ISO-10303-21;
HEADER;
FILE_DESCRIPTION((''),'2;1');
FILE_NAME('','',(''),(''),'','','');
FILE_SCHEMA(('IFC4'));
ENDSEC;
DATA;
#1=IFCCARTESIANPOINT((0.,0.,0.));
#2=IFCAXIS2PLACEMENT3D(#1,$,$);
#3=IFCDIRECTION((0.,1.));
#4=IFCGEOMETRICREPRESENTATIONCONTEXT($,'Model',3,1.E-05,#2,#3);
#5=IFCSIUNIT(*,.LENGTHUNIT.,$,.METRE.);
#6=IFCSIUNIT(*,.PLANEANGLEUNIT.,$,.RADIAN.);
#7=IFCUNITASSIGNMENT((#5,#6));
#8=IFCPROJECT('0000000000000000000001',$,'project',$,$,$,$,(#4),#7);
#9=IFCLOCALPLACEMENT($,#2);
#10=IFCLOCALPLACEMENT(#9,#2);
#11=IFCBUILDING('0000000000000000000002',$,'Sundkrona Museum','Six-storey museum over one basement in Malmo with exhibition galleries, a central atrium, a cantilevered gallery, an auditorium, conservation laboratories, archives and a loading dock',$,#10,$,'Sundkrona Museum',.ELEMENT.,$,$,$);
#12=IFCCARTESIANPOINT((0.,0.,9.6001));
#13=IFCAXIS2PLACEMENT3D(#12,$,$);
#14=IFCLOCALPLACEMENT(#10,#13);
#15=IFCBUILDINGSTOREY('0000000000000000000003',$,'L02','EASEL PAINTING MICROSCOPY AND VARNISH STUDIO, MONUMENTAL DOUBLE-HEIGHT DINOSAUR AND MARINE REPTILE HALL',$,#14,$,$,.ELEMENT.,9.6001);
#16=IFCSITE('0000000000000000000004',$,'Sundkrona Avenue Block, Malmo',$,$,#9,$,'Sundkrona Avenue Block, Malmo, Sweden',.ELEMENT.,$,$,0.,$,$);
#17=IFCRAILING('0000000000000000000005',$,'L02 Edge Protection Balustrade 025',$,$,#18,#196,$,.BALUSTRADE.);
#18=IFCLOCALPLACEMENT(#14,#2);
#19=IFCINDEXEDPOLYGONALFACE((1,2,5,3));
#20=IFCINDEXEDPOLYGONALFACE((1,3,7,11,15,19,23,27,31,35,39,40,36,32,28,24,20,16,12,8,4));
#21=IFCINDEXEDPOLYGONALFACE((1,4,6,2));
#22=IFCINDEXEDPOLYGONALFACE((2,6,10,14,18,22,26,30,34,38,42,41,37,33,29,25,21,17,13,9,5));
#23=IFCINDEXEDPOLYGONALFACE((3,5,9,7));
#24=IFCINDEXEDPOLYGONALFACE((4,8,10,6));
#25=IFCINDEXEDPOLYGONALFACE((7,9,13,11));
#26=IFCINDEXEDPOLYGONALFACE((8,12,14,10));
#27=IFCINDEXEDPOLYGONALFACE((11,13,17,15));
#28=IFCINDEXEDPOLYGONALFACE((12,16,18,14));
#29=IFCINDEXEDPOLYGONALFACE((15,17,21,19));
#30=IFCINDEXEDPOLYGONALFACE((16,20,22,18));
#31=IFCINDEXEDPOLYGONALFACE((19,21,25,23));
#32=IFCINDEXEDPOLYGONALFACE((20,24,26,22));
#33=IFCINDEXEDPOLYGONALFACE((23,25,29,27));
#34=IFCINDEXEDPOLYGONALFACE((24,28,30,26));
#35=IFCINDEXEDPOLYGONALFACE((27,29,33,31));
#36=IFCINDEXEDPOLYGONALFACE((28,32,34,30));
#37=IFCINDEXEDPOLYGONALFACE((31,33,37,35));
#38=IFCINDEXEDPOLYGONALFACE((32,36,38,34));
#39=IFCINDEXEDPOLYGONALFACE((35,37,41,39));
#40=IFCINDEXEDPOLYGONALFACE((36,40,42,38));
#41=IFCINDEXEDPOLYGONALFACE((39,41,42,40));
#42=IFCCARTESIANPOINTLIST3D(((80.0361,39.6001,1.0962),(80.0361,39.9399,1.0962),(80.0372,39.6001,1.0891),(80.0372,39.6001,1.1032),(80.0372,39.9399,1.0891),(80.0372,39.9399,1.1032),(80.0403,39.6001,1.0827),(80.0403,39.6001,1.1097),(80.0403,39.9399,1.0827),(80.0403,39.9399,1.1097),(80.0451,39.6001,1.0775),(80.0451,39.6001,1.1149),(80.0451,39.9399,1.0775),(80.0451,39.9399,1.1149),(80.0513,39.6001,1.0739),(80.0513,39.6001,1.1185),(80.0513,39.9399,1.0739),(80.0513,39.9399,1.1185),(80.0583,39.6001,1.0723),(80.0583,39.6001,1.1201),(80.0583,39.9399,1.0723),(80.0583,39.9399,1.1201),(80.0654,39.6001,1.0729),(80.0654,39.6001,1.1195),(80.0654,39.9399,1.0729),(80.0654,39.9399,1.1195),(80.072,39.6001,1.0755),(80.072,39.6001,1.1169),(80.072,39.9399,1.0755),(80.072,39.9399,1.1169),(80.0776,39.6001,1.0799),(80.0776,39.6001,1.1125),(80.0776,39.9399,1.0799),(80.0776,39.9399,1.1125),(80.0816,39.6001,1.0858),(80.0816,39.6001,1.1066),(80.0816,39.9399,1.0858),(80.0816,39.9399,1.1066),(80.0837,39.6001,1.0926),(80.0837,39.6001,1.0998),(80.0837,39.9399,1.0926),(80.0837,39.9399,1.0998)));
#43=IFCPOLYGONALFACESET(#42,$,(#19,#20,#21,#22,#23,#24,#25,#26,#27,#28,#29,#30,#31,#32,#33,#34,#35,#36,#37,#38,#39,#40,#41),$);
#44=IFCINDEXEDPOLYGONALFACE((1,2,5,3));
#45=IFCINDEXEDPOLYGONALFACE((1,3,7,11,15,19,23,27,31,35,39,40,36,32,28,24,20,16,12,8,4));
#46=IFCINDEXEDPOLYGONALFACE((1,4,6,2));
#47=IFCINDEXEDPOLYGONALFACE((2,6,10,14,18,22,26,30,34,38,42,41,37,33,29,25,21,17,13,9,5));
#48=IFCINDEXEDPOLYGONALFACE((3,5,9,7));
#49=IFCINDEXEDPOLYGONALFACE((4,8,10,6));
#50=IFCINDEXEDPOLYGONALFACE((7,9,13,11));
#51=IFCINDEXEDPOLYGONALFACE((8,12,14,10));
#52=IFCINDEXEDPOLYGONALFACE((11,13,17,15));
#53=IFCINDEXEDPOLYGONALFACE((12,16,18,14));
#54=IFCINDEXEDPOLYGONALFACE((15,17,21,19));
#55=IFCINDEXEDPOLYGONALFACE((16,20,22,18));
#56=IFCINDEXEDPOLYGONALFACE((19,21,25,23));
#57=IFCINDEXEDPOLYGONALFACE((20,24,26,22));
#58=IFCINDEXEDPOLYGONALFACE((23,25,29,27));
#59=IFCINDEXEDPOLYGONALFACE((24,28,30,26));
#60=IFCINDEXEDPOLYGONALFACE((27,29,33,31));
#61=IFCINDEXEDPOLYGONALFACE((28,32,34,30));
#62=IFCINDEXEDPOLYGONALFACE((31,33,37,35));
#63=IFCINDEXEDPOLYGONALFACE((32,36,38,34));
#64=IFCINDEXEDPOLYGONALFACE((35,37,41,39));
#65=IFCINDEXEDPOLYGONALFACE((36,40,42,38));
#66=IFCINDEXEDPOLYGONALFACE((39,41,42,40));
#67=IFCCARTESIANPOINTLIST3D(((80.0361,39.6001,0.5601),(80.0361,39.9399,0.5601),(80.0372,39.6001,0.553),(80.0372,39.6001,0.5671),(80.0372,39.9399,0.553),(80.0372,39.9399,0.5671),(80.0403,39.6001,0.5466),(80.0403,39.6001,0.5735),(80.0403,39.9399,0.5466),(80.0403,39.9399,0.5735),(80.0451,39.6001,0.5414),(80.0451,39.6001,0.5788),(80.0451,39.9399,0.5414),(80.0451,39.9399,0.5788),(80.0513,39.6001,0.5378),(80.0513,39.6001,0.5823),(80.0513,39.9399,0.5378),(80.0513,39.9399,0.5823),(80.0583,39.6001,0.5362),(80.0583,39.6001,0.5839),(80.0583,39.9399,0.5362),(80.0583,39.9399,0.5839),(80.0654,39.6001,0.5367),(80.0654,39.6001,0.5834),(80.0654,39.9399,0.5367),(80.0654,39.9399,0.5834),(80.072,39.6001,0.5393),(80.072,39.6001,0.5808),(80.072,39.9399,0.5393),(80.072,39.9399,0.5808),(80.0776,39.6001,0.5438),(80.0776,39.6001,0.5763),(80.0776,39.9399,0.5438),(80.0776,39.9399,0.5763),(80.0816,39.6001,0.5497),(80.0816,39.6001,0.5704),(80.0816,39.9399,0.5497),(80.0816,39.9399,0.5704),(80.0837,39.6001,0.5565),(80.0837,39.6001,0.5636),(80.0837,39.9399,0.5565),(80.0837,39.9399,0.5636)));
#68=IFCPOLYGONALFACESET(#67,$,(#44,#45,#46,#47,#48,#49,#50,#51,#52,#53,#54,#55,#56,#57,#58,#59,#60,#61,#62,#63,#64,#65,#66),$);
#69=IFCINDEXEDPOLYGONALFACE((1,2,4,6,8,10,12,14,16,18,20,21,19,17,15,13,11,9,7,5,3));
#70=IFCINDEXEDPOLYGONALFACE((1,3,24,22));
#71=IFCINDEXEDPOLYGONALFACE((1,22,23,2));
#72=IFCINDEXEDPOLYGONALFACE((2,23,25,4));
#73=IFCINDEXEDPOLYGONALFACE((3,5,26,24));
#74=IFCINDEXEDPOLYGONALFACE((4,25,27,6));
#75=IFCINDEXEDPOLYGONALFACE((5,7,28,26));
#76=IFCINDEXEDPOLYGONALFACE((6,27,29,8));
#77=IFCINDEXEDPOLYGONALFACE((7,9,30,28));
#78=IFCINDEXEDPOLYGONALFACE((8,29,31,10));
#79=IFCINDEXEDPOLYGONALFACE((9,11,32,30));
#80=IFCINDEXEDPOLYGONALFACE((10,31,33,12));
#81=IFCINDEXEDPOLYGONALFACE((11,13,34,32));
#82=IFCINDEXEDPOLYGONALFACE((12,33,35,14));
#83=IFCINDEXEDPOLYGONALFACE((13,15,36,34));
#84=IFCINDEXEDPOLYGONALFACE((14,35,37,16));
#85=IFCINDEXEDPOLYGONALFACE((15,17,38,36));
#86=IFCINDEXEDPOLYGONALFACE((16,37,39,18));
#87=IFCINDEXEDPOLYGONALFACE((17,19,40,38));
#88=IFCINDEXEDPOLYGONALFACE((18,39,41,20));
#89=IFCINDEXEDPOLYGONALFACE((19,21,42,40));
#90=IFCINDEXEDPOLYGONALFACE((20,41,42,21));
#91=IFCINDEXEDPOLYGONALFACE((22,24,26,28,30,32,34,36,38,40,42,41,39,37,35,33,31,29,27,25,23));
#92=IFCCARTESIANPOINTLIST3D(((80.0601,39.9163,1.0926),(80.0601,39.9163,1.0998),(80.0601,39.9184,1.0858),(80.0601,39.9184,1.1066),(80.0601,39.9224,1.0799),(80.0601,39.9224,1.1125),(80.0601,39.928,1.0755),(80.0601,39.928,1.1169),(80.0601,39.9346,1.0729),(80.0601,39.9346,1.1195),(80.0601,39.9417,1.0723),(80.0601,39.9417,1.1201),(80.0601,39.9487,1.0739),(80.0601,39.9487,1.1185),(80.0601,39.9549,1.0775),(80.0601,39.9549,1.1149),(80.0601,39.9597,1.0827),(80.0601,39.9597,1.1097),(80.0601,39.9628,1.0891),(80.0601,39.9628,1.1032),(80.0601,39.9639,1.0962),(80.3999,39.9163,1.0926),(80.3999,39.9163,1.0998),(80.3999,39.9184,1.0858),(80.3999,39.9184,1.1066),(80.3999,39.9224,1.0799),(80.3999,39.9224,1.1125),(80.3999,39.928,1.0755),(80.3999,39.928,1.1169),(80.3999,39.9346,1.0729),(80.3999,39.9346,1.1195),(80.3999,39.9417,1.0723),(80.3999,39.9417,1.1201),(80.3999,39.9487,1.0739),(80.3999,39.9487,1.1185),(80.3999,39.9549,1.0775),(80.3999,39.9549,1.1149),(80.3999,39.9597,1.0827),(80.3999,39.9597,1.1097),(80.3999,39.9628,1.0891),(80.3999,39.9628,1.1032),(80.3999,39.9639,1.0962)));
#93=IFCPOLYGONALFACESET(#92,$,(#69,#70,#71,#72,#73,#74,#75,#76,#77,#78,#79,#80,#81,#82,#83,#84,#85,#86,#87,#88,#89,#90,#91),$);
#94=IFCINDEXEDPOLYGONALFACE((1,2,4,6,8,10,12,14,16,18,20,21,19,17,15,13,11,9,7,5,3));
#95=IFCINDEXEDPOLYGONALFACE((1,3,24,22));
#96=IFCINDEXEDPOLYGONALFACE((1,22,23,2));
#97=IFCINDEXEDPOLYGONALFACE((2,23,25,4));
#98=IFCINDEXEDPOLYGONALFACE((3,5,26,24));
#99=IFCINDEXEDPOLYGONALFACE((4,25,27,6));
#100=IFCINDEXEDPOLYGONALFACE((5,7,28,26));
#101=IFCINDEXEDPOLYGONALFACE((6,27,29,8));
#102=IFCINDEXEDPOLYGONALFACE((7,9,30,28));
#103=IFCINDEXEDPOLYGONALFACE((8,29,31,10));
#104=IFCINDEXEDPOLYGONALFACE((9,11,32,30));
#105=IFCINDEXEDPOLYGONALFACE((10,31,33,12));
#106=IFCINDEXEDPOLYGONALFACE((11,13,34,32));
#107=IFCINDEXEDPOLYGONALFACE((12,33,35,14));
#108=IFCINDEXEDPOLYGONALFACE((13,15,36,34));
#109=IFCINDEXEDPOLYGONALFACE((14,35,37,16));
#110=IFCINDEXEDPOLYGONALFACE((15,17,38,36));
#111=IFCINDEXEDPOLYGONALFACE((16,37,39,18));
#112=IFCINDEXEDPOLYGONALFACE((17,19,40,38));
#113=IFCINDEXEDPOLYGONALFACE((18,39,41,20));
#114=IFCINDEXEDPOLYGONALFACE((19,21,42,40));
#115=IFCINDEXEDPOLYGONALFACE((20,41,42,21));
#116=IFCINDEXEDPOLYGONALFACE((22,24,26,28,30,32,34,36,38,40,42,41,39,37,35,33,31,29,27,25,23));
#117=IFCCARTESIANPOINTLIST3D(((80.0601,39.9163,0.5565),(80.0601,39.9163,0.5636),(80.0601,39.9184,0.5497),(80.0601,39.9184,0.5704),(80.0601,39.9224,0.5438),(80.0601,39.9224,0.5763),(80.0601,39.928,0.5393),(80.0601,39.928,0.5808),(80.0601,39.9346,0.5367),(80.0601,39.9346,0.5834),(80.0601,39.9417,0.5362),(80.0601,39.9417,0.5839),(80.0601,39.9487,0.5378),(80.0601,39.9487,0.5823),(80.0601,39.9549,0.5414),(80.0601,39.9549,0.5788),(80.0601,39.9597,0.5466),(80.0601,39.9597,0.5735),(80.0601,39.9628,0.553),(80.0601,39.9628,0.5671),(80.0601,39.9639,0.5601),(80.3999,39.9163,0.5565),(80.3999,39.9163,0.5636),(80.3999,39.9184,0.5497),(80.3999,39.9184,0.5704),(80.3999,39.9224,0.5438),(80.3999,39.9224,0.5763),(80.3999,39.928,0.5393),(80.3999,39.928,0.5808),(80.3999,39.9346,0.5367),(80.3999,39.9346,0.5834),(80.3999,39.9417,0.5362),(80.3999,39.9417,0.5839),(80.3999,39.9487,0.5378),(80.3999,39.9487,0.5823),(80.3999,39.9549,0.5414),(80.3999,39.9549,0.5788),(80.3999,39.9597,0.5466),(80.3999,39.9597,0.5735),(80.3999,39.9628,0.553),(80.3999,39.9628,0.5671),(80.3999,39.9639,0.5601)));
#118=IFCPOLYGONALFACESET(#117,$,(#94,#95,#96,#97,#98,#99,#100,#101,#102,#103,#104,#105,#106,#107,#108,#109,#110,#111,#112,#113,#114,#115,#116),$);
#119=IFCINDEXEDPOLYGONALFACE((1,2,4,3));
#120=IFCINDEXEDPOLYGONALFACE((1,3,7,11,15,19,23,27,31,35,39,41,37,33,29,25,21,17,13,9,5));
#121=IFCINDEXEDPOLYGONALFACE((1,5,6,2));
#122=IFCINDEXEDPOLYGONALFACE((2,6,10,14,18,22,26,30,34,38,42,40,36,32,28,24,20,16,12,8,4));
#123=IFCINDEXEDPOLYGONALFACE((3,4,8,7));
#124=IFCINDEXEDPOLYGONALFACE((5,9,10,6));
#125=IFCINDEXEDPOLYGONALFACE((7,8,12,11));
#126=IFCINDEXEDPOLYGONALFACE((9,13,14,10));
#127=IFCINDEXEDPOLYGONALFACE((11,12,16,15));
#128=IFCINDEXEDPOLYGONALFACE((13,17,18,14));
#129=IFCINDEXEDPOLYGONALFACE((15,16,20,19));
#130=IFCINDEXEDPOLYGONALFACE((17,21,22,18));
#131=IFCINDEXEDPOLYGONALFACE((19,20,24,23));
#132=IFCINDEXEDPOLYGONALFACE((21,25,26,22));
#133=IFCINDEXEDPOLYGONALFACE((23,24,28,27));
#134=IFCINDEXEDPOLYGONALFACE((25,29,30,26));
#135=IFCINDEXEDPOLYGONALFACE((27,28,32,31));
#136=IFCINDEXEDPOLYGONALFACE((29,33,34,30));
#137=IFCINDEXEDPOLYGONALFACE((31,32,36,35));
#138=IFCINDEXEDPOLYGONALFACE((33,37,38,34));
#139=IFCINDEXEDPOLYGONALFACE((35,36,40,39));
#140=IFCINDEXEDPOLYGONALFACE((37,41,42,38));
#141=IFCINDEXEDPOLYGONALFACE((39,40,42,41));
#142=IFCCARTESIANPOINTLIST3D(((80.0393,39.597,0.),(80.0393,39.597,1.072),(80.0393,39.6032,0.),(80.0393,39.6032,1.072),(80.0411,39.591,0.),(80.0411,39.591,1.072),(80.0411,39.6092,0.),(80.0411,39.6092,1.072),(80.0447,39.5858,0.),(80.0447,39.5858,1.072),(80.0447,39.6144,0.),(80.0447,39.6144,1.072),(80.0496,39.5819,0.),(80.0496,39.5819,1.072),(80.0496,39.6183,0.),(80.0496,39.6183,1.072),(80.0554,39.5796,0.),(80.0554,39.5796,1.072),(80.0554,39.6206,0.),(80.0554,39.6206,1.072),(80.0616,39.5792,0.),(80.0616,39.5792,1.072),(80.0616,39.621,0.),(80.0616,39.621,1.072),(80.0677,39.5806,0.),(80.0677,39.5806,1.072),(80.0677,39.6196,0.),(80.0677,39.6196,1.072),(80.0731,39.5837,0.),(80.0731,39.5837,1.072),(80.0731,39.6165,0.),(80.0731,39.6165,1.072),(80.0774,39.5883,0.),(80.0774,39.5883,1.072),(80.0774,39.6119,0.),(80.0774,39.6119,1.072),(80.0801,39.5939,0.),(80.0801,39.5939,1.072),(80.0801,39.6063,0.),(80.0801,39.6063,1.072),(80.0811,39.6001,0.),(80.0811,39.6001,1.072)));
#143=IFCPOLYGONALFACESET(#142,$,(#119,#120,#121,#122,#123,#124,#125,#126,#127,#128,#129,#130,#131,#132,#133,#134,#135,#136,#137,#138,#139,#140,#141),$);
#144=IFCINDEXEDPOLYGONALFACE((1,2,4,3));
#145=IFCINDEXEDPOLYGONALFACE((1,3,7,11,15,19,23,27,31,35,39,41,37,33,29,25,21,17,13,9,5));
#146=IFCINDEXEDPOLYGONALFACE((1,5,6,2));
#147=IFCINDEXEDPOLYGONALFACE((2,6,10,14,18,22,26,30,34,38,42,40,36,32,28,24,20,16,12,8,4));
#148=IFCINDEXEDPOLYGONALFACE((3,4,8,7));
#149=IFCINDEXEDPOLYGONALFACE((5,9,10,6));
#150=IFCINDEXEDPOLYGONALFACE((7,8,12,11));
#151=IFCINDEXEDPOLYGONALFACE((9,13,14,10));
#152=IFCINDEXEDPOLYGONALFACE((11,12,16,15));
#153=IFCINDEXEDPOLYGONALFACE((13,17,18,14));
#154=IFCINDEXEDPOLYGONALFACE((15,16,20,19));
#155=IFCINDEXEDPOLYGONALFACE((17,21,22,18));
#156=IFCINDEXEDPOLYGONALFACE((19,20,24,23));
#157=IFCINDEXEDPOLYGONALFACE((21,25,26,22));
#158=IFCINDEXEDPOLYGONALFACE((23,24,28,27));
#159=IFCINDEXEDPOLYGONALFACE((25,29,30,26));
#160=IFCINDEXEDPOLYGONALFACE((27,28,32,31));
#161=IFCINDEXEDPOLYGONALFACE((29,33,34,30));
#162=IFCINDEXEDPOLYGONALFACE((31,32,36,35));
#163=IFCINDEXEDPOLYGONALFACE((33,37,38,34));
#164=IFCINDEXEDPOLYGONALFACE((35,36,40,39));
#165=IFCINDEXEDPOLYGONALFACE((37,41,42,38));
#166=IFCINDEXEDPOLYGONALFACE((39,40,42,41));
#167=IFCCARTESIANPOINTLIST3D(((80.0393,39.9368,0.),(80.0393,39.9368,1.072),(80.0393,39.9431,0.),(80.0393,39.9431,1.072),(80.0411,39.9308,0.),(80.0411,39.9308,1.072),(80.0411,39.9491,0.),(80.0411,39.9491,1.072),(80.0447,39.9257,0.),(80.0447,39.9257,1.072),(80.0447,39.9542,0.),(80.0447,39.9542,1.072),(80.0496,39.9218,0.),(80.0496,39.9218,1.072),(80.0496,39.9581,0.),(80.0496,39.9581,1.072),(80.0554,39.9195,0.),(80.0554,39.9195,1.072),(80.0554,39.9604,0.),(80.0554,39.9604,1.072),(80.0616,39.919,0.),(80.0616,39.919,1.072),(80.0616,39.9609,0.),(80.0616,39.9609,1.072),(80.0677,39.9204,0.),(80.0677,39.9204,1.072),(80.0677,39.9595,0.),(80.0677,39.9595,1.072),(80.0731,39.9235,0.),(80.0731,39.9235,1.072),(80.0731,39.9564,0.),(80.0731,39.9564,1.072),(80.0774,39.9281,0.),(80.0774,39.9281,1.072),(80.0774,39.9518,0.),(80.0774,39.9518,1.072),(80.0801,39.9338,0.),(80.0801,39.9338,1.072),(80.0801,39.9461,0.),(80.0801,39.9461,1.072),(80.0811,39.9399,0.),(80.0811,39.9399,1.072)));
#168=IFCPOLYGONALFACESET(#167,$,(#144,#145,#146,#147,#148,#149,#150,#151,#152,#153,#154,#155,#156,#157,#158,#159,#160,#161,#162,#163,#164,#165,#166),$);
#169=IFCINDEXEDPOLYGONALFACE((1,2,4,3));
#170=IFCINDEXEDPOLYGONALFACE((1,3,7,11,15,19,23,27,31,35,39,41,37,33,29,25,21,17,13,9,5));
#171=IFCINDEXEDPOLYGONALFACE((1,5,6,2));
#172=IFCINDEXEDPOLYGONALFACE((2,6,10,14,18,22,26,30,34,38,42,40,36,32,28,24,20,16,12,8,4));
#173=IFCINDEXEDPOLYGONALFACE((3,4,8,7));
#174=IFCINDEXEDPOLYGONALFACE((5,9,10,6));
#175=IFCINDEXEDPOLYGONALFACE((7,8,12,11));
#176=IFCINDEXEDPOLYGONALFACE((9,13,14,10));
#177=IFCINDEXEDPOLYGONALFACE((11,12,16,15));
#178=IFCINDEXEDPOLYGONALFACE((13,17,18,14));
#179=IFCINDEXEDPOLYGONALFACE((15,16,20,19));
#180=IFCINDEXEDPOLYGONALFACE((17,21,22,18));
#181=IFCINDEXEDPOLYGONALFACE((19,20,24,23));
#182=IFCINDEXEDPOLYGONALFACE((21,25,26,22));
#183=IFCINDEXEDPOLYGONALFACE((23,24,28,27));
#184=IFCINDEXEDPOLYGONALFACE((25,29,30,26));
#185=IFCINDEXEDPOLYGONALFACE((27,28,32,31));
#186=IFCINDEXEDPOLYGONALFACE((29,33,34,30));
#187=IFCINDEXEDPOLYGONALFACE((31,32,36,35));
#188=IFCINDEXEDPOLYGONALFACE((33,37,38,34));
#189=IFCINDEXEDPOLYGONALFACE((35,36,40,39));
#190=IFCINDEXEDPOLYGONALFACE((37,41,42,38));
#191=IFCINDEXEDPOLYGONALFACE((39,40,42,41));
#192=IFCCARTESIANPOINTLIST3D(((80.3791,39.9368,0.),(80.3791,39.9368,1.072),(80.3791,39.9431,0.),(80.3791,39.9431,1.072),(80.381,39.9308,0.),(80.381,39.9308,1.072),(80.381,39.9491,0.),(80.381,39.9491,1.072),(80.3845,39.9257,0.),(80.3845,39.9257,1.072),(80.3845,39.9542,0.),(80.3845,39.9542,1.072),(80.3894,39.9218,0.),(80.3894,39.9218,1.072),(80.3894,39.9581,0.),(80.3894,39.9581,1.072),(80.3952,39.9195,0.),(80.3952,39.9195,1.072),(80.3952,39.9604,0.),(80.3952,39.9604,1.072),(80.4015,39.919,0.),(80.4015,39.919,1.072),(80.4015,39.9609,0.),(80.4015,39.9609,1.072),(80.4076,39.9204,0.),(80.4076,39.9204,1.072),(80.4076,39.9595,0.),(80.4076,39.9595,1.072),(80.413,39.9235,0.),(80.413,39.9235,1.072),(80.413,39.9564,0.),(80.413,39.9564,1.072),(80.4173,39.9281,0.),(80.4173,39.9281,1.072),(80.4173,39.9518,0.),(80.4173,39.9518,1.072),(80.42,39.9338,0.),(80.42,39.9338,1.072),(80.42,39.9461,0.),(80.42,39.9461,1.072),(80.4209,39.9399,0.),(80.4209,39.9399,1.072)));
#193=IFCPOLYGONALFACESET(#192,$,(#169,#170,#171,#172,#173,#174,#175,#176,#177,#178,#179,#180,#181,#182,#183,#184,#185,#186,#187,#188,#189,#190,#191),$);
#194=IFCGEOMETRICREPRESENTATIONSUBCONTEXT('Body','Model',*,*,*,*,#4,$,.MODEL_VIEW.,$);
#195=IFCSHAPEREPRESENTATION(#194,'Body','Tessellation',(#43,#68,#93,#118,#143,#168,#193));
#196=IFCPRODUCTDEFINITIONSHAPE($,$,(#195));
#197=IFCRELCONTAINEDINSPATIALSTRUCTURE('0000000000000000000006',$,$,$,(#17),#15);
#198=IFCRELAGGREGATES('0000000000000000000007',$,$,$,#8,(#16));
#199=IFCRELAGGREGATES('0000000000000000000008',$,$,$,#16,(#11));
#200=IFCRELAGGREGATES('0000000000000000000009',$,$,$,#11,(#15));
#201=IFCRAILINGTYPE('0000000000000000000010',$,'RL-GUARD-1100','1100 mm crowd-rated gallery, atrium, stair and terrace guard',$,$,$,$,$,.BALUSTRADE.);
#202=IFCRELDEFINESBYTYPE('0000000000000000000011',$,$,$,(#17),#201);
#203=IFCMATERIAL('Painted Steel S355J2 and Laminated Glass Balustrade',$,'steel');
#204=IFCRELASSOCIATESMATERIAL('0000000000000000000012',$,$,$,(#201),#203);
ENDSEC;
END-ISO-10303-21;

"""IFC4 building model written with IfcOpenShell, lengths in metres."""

from ifc_helpers import new_model, si_unit, direction, frame, origin, origin_2d, place, context, subcontext, project, spatial, circle, extrude, material, type_object, element, save


model = new_model("IFC4")

# Units and contexts
model_context = context("Model", 3, precision=1e-05, world=origin(), true_north=direction((0.0, 1.0)))
body_context = subcontext(model_context, "Body", "Model", "MODEL_VIEW")
ifc_project = project(units=[si_unit("LENGTHUNIT", "METRE"), si_unit("PLANEANGLEUNIT", "RADIAN")], contexts=[model_context])

# Site, building, storey
site_placement = place(None, origin())
site = spatial("IfcSite", under=ifc_project, at=site_placement, Name="Sundkrona Avenue Block, Malmo", LongName="Sundkrona Avenue Block, Malmo, Sweden", CompositionType="ELEMENT", RefElevation=0.0)
building_placement = place(site_placement, origin())
building = spatial("IfcBuilding", under=site, at=building_placement, Name="Sundkrona Museum", Description="Six-storey museum over one basement in Malmo with exhibition galleries, a central atrium, a cantilevered gallery, an auditorium, conservation laboratories, archives and a loading dock", LongName="Sundkrona Museum", CompositionType="ELEMENT")
storey_placement = place(building_placement, frame((0.0, 0.0, 9.6001)))
storey = spatial("IfcBuildingStorey", under=building, at=storey_placement, Name="L02", Description="EASEL PAINTING MICROSCOPY AND VARNISH STUDIO, MONUMENTAL DOUBLE-HEIGHT DINOSAUR AND MARINE REPTILE HALL", CompositionType="ELEMENT", Elevation=9.6001)

# Railing
ifc_material_1 = material(Name="Painted Steel S355J2 and Laminated Glass Balustrade", Category="steel")
railing_type_1 = type_object("IfcRailingType", Name="RL-GUARD-1100", Description="1100 mm crowd-rated gallery, atrium, stair and terrace guard", PredefinedType="BALUSTRADE", material=ifc_material_1)
railing_1_placement = place(storey_placement, frame((80.0601, 39.6001, 0.0)))
element("IfcRailing", 1, at=railing_1_placement, inside=storey, type_object=railing_type_1, Name="L02 Edge Protection Balustrade 025", PredefinedType="BALUSTRADE", context=body_context, shape_type="SweptSolid", body=[
    extrude(circle(Radius=0.0239, at=origin_2d()), frame((0.0, 0.0, 1.0962), z_axis=(0.0, 1.0, 0.0), x_axis=(-1.0, 0.0, 0.0)), (0.0, 0.0, 1.0), 0.3398),
    extrude(circle(Radius=0.0239, at=origin_2d()), frame((0.0, 0.0, 0.5601), z_axis=(0.0, 1.0, 0.0), x_axis=(-1.0, 0.0, 0.0)), (0.0, 0.0, 1.0), 0.3398),
    extrude(circle(Radius=0.0239, at=origin_2d()), frame((0.0, 0.3398, 1.0962), z_axis=(1.0, 0.0, 0.0), x_axis=(0.0, 1.0, 0.0)), (0.0, 0.0, 1.0), 0.3398),
    extrude(circle(Radius=0.0239, at=origin_2d()), frame((0.0, 0.3398, 0.5601), z_axis=(1.0, 0.0, 0.0), x_axis=(0.0, 1.0, 0.0)), (0.0, 0.0, 1.0), 0.3398),
    extrude(circle(Radius=0.021, at=origin_2d()), origin(), (0.0, 0.0, 1.0), 1.072),
    extrude(circle(Radius=0.021, at=origin_2d()), frame((0.0, 0.3398, 0.0)), (0.0, 0.0, 1.0), 1.072),
    extrude(circle(Radius=0.021, at=origin_2d()), frame((0.3398, 0.3398, 0.0)), (0.0, 0.0, 1.0), 1.072),
])

save(model, "model.ifc")
